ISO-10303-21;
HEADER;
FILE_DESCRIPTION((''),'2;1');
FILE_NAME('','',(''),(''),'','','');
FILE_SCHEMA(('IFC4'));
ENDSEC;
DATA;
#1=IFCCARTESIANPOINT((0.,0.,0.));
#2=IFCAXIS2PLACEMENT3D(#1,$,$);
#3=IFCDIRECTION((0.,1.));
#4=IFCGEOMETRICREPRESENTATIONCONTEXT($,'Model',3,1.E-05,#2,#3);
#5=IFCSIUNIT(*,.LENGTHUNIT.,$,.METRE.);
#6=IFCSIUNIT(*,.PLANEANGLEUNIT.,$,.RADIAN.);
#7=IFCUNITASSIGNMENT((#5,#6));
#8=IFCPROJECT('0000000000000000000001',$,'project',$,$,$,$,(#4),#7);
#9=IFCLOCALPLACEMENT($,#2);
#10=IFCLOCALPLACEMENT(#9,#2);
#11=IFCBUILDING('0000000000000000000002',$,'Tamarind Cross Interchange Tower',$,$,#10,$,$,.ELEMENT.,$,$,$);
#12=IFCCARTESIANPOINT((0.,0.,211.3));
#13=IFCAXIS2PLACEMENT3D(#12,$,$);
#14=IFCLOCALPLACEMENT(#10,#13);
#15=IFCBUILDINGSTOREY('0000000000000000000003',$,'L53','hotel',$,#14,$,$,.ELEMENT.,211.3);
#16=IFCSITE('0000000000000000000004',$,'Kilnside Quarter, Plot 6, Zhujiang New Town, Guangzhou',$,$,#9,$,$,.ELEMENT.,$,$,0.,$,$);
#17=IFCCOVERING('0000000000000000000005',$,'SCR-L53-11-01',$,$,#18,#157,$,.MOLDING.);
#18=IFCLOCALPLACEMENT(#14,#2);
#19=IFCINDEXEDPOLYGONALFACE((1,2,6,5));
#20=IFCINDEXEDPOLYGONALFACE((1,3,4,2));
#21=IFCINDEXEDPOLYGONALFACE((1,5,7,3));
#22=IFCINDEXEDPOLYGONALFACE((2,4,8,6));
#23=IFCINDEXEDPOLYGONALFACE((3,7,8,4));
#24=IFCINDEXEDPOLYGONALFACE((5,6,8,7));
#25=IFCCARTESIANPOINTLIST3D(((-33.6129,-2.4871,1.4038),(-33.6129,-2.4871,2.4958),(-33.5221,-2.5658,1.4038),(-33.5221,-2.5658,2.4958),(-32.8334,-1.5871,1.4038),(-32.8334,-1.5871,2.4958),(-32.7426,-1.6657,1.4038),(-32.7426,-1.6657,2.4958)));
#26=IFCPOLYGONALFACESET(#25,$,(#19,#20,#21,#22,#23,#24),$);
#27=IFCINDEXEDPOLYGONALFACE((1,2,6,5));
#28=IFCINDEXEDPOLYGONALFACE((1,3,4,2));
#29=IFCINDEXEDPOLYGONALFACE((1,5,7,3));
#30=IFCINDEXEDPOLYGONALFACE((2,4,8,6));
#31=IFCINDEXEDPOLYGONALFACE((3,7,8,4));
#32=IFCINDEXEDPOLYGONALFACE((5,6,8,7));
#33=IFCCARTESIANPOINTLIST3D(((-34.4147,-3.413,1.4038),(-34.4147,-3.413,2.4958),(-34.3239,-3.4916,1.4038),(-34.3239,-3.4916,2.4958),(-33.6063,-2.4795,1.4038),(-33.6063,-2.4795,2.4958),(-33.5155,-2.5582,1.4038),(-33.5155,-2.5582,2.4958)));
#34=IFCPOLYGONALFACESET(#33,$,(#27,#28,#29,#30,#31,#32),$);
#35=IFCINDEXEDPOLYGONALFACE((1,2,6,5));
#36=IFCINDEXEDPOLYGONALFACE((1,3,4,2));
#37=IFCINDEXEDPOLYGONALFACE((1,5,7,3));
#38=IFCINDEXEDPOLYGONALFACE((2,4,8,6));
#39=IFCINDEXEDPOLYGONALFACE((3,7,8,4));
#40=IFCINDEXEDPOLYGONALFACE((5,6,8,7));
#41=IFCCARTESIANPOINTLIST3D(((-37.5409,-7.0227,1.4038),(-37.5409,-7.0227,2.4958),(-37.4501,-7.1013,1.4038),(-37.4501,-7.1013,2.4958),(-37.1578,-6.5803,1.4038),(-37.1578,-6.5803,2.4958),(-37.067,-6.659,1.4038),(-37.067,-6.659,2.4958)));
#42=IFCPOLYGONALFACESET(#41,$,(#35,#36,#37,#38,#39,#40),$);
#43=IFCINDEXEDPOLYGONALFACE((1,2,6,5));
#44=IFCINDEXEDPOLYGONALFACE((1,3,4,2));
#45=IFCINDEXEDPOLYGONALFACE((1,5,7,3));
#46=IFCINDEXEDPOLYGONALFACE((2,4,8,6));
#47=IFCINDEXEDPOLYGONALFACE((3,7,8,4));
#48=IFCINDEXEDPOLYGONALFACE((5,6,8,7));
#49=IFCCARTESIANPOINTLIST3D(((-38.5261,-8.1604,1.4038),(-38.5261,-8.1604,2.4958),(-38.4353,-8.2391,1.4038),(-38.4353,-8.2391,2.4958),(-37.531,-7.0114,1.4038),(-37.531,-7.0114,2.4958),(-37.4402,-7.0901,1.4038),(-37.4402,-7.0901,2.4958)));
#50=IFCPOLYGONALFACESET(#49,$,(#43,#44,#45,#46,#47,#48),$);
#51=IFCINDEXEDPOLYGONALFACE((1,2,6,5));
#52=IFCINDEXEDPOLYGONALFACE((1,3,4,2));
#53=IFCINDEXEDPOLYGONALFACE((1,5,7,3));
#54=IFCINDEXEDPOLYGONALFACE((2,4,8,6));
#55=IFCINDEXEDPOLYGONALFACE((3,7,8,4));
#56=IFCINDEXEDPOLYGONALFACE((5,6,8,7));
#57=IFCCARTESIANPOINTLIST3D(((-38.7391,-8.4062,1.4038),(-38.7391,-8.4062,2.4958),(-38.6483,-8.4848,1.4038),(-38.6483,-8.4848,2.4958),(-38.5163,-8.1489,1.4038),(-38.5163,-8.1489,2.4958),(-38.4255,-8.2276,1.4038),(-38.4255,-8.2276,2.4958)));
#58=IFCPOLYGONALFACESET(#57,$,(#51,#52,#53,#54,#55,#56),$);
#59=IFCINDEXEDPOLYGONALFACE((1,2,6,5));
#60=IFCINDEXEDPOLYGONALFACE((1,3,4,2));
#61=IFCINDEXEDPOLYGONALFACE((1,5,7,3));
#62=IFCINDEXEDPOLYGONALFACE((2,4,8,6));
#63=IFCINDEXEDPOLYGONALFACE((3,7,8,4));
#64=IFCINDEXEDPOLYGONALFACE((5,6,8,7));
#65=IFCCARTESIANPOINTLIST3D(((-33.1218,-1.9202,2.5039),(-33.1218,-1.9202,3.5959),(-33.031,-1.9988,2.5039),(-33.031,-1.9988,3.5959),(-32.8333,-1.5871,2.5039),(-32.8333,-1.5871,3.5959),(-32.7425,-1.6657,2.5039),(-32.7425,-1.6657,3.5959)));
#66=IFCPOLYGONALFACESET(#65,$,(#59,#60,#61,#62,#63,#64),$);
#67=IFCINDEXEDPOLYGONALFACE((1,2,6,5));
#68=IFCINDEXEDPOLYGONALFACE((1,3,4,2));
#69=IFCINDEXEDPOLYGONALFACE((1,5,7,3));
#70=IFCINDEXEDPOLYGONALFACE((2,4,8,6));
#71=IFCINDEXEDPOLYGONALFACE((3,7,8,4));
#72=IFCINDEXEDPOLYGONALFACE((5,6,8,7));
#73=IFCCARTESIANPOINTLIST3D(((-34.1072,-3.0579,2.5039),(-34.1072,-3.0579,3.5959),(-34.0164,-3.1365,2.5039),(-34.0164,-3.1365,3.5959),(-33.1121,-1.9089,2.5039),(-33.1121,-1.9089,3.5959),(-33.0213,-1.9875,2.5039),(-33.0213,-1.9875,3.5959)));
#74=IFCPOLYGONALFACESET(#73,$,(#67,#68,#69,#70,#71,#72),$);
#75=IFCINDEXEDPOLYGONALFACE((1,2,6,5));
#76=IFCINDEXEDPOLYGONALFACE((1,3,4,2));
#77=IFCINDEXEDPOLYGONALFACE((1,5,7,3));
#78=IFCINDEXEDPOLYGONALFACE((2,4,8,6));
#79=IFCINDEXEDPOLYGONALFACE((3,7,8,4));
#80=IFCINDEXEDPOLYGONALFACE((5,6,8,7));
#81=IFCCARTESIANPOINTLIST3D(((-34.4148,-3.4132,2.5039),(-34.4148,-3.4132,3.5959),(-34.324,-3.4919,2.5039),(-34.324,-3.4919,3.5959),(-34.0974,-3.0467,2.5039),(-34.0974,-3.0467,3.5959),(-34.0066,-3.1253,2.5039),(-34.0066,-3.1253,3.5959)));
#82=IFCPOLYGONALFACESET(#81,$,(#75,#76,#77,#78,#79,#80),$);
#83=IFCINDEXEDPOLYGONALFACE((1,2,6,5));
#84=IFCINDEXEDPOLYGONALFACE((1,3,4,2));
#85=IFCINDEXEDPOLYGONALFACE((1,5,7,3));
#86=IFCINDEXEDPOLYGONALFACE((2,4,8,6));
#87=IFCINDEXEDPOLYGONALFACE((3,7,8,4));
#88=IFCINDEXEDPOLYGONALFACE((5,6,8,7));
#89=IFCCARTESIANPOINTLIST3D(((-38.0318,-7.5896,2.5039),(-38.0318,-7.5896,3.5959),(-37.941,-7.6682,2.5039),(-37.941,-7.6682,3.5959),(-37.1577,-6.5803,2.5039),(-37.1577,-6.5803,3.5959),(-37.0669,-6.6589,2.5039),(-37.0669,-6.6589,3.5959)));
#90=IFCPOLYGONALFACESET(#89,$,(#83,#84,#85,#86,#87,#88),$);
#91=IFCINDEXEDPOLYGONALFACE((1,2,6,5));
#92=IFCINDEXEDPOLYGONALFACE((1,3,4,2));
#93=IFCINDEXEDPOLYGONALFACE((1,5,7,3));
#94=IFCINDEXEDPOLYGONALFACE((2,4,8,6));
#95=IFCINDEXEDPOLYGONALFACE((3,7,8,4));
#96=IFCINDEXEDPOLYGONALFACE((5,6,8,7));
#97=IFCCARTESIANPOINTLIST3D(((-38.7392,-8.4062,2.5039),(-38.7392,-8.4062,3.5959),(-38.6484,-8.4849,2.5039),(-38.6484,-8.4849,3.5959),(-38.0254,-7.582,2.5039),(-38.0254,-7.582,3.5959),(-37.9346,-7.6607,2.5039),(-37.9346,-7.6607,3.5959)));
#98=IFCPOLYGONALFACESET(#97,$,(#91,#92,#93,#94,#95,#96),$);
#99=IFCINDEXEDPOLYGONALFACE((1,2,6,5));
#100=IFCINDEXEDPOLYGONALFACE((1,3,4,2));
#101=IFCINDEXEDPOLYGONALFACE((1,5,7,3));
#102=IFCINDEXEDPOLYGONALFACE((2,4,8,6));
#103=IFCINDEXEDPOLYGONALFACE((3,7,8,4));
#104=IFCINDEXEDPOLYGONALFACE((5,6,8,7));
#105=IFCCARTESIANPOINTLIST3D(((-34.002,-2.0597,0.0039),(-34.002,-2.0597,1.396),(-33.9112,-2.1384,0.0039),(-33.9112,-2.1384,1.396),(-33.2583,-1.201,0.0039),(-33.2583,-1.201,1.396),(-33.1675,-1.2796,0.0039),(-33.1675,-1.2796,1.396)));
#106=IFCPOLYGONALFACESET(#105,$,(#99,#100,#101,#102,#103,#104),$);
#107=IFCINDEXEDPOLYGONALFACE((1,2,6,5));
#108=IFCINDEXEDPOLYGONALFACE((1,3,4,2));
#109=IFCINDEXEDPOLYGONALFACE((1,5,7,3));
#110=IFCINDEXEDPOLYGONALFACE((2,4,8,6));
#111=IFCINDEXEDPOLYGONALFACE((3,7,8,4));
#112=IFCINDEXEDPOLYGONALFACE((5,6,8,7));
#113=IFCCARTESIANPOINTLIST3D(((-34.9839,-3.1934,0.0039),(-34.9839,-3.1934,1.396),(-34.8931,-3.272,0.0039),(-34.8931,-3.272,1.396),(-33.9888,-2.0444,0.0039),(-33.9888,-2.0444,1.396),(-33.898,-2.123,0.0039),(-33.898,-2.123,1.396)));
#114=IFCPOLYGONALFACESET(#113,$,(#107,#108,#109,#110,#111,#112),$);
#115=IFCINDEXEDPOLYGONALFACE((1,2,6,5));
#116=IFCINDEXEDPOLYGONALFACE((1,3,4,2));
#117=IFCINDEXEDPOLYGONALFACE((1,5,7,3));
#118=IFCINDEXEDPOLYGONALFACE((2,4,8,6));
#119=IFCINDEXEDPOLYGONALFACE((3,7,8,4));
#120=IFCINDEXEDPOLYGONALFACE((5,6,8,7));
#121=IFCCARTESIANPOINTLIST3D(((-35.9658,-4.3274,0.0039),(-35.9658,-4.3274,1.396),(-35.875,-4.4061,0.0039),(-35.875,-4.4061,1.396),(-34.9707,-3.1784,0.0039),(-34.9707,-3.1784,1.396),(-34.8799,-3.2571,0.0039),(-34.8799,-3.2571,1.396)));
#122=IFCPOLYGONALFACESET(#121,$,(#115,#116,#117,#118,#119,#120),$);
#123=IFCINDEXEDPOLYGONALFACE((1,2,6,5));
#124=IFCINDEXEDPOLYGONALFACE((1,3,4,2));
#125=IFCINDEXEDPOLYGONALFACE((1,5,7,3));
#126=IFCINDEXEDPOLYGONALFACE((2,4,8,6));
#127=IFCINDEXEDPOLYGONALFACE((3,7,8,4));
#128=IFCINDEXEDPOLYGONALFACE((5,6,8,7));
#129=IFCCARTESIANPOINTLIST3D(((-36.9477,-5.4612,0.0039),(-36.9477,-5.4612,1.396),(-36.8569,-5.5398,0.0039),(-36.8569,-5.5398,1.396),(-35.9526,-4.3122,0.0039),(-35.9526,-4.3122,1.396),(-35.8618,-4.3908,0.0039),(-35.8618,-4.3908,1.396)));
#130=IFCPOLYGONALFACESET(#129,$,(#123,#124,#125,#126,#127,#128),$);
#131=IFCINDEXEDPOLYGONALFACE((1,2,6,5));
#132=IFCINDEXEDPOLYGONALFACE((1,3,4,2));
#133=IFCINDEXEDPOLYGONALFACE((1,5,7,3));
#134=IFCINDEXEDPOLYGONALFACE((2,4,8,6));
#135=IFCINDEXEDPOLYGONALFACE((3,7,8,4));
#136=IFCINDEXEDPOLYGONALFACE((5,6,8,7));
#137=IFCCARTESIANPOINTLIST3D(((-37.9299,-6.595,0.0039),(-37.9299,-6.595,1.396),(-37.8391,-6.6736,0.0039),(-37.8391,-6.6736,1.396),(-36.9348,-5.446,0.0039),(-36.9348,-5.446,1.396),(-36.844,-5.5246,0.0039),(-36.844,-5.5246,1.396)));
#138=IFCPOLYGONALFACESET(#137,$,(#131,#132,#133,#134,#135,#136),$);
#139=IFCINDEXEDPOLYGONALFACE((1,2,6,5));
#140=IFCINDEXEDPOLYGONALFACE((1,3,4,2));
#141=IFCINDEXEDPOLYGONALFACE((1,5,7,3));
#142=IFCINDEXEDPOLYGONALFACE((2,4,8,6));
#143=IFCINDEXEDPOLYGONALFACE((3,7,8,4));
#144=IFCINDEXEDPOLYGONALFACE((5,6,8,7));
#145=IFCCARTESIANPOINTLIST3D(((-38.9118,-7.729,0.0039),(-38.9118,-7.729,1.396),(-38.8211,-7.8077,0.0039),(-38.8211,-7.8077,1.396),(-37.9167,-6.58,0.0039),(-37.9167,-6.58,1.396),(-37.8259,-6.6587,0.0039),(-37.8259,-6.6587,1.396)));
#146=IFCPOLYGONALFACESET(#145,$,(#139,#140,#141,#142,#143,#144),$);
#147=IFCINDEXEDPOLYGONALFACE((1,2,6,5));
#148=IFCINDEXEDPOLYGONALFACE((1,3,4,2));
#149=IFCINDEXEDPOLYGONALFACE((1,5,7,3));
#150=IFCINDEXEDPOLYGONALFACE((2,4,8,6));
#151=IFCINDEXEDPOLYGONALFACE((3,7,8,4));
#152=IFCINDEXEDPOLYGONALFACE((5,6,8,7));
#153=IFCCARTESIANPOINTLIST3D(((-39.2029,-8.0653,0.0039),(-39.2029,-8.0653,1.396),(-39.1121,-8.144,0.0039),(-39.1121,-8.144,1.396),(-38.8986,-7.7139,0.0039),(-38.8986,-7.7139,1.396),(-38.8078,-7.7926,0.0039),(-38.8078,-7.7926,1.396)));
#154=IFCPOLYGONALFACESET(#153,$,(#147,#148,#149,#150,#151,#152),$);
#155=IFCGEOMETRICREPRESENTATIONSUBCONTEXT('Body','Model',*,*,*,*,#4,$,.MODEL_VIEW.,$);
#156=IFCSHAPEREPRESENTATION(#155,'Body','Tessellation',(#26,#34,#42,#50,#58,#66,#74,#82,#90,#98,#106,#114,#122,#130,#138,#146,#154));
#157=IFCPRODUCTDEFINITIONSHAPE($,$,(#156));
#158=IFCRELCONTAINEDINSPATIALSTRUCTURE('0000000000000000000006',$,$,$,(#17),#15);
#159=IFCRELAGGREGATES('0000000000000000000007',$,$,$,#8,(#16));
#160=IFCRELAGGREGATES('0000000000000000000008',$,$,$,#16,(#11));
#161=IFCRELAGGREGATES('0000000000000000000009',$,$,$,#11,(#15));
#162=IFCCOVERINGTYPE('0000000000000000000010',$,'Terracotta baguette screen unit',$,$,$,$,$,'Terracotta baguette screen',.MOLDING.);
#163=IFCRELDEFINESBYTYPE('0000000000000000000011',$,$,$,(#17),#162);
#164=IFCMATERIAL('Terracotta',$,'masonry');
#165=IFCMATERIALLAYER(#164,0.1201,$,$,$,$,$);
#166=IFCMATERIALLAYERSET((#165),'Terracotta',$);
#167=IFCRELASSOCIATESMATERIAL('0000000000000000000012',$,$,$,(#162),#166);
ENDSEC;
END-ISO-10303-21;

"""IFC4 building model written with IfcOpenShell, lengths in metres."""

from ifc_helpers import new_model, si_unit, direction, frame, origin, origin_2d, place, context, subcontext, project, spatial, rectangle, extrude, material, layer, layer_set, type_object, element, save


model = new_model("IFC4")

# Units and contexts
model_context = context("Model", 3, precision=1e-05, world=origin(), true_north=direction((0.0, 1.0)))
body_context = subcontext(model_context, "Body", "Model", "MODEL_VIEW")
ifc_project = project(units=[si_unit("LENGTHUNIT", "METRE"), si_unit("PLANEANGLEUNIT", "RADIAN")], contexts=[model_context])

# Site, building, storey
site_placement = place(None, origin())
site = spatial("IfcSite", under=ifc_project, at=site_placement, Name="Kilnside Quarter, Plot 6, Zhujiang New Town, Guangzhou", CompositionType="ELEMENT", RefElevation=0.0)
building_placement = place(site_placement, origin())
building = spatial("IfcBuilding", under=site, at=building_placement, Name="Tamarind Cross Interchange Tower", CompositionType="ELEMENT")
storey_placement = place(building_placement, frame((0.0, 0.0, 211.3)))
storey = spatial("IfcBuildingStorey", under=building, at=storey_placement, Name="L53", Description="hotel", CompositionType="ELEMENT", Elevation=211.3)

# Covering
ifc_material_1 = material(Name="Terracotta", Category="masonry")
ifc_layer_1 = layer(ifc_material_1, 0.1201)
ifc_layer_set_1 = layer_set([ifc_layer_1], Name="Terracotta")
covering_type = type_object("IfcCoveringType", Name="Terracotta baguette screen unit", ElementType="Terracotta baguette screen", PredefinedType="MOLDING", material=ifc_layer_set_1)
covering_1_placement = place(storey_placement, origin())
element("IfcCovering", 1, at=covering_1_placement, inside=storey, type_object=covering_type, Name="SCR-L53-11-01", PredefinedType="MOLDING", context=body_context, shape_type="SweptSolid", body=[
    extrude(rectangle(XDim=1.1907, YDim=0.1201, at=origin_2d()), frame((-33.1777, -2.0764, 1.4038), z_axis=(0.0, 0.0, 1.0), x_axis=(-0.654667, -0.755917, 0.0)), (0.0, 0.0, 1.0), 1.092),
    extrude(rectangle(XDim=1.2349, YDim=0.1201, at=origin_2d()), frame((-33.9651, -2.9856, 1.4038), z_axis=(0.0, 0.0, 1.0), x_axis=(-0.654667, -0.755917, 0.0)), (0.0, 0.0, 1.0), 1.092),
    extrude(rectangle(XDim=0.5852, YDim=0.1201, at=origin_2d()), frame((-37.304, -6.8408, 1.4038), z_axis=(0.0, 0.0, 1.0), x_axis=(-0.654667, -0.755917, 0.0)), (0.0, 0.0, 1.0), 1.092),
    extrude(rectangle(XDim=1.52, YDim=0.1201, at=origin_2d()), frame((-37.9832, -7.6252, 1.4038), z_axis=(0.0, 0.0, 1.0), x_axis=(-0.654667, -0.755917, 0.0)), (0.0, 0.0, 1.0), 1.092),
    extrude(rectangle(XDim=0.3403, YDim=0.1201, at=origin_2d()), frame((-38.5823, -8.3169, 1.4038), z_axis=(0.0, 0.0, 1.0), x_axis=(-0.654667, -0.755917, 0.0)), (0.0, 0.0, 1.0), 1.092),
    extrude(rectangle(XDim=0.4407, YDim=0.1201, at=origin_2d()), frame((-32.9321, -1.793, 2.5039), z_axis=(0.0, 0.0, 1.0), x_axis=(-0.654667, -0.755917, 0.0)), (0.0, 0.0, 1.0), 1.092),
    extrude(rectangle(XDim=1.52, YDim=0.1201, at=origin_2d()), frame((-33.5642, -2.5227, 2.5039), z_axis=(0.0, 0.0, 1.0), x_axis=(-0.654667, -0.755917, 0.0)), (0.0, 0.0, 1.0), 1.092),
    extrude(rectangle(XDim=0.4849, YDim=0.1201, at=origin_2d()), frame((-34.2107, -3.2693, 2.5039), z_axis=(0.0, 0.0, 1.0), x_axis=(-0.654667, -0.755917, 0.0)), (0.0, 0.0, 1.0), 1.092),
    extrude(rectangle(XDim=1.3352, YDim=0.1201, at=origin_2d()), frame((-37.5493, -7.1243, 2.5039), z_axis=(0.0, 0.0, 1.0), x_axis=(-0.654667, -0.755917, 0.0)), (0.0, 0.0, 1.0), 1.092),
    extrude(rectangle(XDim=1.0903, YDim=0.1201, at=origin_2d()), frame((-38.3369, -8.0334, 2.5039), z_axis=(0.0, 0.0, 1.0), x_axis=(-0.654667, -0.755917, 0.0)), (0.0, 0.0, 1.0), 1.092),
    extrude(rectangle(XDim=1.136, YDim=0.1201, at=origin_2d()), frame((-33.5847, -1.6697, 0.0039), z_axis=(0.0, 0.0, 1.0), x_axis=(-0.654667, -0.755917, 0.0)), (0.0, 0.0, 1.0), 1.3921),
    extrude(rectangle(XDim=1.52, YDim=0.1201, at=origin_2d()), frame((-34.4409, -2.6582, 0.0039), z_axis=(0.0, 0.0, 1.0), x_axis=(-0.654667, -0.755917, 0.0)), (0.0, 0.0, 1.0), 1.3921),
    extrude(rectangle(XDim=1.52, YDim=0.1201, at=origin_2d()), frame((-35.4229, -3.7922, 0.0039), z_axis=(0.0, 0.0, 1.0), x_axis=(-0.654667, -0.755917, 0.0)), (0.0, 0.0, 1.0), 1.3921),
    extrude(rectangle(XDim=1.52, YDim=0.1201, at=origin_2d()), frame((-36.4048, -4.926, 0.0039), z_axis=(0.0, 0.0, 1.0), x_axis=(-0.654667, -0.755917, 0.0)), (0.0, 0.0, 1.0), 1.3921),
    extrude(rectangle(XDim=1.52, YDim=0.1201, at=origin_2d()), frame((-37.387, -6.0598, 0.0039), z_axis=(0.0, 0.0, 1.0), x_axis=(-0.654667, -0.755917, 0.0)), (0.0, 0.0, 1.0), 1.3921),
    extrude(rectangle(XDim=1.52, YDim=0.1201, at=origin_2d()), frame((-38.3689, -7.1938, 0.0039), z_axis=(0.0, 0.0, 1.0), x_axis=(-0.654667, -0.755917, 0.0)), (0.0, 0.0, 1.0), 1.3921),
    extrude(rectangle(XDim=0.4648, YDim=0.1201, at=origin_2d()), frame((-39.0054, -7.929, 0.0039), z_axis=(0.0, 0.0, 1.0), x_axis=(-0.654667, -0.755917, 0.0)), (0.0, 0.0, 1.0), 1.3921),
])

save(model, "model.ifc")
